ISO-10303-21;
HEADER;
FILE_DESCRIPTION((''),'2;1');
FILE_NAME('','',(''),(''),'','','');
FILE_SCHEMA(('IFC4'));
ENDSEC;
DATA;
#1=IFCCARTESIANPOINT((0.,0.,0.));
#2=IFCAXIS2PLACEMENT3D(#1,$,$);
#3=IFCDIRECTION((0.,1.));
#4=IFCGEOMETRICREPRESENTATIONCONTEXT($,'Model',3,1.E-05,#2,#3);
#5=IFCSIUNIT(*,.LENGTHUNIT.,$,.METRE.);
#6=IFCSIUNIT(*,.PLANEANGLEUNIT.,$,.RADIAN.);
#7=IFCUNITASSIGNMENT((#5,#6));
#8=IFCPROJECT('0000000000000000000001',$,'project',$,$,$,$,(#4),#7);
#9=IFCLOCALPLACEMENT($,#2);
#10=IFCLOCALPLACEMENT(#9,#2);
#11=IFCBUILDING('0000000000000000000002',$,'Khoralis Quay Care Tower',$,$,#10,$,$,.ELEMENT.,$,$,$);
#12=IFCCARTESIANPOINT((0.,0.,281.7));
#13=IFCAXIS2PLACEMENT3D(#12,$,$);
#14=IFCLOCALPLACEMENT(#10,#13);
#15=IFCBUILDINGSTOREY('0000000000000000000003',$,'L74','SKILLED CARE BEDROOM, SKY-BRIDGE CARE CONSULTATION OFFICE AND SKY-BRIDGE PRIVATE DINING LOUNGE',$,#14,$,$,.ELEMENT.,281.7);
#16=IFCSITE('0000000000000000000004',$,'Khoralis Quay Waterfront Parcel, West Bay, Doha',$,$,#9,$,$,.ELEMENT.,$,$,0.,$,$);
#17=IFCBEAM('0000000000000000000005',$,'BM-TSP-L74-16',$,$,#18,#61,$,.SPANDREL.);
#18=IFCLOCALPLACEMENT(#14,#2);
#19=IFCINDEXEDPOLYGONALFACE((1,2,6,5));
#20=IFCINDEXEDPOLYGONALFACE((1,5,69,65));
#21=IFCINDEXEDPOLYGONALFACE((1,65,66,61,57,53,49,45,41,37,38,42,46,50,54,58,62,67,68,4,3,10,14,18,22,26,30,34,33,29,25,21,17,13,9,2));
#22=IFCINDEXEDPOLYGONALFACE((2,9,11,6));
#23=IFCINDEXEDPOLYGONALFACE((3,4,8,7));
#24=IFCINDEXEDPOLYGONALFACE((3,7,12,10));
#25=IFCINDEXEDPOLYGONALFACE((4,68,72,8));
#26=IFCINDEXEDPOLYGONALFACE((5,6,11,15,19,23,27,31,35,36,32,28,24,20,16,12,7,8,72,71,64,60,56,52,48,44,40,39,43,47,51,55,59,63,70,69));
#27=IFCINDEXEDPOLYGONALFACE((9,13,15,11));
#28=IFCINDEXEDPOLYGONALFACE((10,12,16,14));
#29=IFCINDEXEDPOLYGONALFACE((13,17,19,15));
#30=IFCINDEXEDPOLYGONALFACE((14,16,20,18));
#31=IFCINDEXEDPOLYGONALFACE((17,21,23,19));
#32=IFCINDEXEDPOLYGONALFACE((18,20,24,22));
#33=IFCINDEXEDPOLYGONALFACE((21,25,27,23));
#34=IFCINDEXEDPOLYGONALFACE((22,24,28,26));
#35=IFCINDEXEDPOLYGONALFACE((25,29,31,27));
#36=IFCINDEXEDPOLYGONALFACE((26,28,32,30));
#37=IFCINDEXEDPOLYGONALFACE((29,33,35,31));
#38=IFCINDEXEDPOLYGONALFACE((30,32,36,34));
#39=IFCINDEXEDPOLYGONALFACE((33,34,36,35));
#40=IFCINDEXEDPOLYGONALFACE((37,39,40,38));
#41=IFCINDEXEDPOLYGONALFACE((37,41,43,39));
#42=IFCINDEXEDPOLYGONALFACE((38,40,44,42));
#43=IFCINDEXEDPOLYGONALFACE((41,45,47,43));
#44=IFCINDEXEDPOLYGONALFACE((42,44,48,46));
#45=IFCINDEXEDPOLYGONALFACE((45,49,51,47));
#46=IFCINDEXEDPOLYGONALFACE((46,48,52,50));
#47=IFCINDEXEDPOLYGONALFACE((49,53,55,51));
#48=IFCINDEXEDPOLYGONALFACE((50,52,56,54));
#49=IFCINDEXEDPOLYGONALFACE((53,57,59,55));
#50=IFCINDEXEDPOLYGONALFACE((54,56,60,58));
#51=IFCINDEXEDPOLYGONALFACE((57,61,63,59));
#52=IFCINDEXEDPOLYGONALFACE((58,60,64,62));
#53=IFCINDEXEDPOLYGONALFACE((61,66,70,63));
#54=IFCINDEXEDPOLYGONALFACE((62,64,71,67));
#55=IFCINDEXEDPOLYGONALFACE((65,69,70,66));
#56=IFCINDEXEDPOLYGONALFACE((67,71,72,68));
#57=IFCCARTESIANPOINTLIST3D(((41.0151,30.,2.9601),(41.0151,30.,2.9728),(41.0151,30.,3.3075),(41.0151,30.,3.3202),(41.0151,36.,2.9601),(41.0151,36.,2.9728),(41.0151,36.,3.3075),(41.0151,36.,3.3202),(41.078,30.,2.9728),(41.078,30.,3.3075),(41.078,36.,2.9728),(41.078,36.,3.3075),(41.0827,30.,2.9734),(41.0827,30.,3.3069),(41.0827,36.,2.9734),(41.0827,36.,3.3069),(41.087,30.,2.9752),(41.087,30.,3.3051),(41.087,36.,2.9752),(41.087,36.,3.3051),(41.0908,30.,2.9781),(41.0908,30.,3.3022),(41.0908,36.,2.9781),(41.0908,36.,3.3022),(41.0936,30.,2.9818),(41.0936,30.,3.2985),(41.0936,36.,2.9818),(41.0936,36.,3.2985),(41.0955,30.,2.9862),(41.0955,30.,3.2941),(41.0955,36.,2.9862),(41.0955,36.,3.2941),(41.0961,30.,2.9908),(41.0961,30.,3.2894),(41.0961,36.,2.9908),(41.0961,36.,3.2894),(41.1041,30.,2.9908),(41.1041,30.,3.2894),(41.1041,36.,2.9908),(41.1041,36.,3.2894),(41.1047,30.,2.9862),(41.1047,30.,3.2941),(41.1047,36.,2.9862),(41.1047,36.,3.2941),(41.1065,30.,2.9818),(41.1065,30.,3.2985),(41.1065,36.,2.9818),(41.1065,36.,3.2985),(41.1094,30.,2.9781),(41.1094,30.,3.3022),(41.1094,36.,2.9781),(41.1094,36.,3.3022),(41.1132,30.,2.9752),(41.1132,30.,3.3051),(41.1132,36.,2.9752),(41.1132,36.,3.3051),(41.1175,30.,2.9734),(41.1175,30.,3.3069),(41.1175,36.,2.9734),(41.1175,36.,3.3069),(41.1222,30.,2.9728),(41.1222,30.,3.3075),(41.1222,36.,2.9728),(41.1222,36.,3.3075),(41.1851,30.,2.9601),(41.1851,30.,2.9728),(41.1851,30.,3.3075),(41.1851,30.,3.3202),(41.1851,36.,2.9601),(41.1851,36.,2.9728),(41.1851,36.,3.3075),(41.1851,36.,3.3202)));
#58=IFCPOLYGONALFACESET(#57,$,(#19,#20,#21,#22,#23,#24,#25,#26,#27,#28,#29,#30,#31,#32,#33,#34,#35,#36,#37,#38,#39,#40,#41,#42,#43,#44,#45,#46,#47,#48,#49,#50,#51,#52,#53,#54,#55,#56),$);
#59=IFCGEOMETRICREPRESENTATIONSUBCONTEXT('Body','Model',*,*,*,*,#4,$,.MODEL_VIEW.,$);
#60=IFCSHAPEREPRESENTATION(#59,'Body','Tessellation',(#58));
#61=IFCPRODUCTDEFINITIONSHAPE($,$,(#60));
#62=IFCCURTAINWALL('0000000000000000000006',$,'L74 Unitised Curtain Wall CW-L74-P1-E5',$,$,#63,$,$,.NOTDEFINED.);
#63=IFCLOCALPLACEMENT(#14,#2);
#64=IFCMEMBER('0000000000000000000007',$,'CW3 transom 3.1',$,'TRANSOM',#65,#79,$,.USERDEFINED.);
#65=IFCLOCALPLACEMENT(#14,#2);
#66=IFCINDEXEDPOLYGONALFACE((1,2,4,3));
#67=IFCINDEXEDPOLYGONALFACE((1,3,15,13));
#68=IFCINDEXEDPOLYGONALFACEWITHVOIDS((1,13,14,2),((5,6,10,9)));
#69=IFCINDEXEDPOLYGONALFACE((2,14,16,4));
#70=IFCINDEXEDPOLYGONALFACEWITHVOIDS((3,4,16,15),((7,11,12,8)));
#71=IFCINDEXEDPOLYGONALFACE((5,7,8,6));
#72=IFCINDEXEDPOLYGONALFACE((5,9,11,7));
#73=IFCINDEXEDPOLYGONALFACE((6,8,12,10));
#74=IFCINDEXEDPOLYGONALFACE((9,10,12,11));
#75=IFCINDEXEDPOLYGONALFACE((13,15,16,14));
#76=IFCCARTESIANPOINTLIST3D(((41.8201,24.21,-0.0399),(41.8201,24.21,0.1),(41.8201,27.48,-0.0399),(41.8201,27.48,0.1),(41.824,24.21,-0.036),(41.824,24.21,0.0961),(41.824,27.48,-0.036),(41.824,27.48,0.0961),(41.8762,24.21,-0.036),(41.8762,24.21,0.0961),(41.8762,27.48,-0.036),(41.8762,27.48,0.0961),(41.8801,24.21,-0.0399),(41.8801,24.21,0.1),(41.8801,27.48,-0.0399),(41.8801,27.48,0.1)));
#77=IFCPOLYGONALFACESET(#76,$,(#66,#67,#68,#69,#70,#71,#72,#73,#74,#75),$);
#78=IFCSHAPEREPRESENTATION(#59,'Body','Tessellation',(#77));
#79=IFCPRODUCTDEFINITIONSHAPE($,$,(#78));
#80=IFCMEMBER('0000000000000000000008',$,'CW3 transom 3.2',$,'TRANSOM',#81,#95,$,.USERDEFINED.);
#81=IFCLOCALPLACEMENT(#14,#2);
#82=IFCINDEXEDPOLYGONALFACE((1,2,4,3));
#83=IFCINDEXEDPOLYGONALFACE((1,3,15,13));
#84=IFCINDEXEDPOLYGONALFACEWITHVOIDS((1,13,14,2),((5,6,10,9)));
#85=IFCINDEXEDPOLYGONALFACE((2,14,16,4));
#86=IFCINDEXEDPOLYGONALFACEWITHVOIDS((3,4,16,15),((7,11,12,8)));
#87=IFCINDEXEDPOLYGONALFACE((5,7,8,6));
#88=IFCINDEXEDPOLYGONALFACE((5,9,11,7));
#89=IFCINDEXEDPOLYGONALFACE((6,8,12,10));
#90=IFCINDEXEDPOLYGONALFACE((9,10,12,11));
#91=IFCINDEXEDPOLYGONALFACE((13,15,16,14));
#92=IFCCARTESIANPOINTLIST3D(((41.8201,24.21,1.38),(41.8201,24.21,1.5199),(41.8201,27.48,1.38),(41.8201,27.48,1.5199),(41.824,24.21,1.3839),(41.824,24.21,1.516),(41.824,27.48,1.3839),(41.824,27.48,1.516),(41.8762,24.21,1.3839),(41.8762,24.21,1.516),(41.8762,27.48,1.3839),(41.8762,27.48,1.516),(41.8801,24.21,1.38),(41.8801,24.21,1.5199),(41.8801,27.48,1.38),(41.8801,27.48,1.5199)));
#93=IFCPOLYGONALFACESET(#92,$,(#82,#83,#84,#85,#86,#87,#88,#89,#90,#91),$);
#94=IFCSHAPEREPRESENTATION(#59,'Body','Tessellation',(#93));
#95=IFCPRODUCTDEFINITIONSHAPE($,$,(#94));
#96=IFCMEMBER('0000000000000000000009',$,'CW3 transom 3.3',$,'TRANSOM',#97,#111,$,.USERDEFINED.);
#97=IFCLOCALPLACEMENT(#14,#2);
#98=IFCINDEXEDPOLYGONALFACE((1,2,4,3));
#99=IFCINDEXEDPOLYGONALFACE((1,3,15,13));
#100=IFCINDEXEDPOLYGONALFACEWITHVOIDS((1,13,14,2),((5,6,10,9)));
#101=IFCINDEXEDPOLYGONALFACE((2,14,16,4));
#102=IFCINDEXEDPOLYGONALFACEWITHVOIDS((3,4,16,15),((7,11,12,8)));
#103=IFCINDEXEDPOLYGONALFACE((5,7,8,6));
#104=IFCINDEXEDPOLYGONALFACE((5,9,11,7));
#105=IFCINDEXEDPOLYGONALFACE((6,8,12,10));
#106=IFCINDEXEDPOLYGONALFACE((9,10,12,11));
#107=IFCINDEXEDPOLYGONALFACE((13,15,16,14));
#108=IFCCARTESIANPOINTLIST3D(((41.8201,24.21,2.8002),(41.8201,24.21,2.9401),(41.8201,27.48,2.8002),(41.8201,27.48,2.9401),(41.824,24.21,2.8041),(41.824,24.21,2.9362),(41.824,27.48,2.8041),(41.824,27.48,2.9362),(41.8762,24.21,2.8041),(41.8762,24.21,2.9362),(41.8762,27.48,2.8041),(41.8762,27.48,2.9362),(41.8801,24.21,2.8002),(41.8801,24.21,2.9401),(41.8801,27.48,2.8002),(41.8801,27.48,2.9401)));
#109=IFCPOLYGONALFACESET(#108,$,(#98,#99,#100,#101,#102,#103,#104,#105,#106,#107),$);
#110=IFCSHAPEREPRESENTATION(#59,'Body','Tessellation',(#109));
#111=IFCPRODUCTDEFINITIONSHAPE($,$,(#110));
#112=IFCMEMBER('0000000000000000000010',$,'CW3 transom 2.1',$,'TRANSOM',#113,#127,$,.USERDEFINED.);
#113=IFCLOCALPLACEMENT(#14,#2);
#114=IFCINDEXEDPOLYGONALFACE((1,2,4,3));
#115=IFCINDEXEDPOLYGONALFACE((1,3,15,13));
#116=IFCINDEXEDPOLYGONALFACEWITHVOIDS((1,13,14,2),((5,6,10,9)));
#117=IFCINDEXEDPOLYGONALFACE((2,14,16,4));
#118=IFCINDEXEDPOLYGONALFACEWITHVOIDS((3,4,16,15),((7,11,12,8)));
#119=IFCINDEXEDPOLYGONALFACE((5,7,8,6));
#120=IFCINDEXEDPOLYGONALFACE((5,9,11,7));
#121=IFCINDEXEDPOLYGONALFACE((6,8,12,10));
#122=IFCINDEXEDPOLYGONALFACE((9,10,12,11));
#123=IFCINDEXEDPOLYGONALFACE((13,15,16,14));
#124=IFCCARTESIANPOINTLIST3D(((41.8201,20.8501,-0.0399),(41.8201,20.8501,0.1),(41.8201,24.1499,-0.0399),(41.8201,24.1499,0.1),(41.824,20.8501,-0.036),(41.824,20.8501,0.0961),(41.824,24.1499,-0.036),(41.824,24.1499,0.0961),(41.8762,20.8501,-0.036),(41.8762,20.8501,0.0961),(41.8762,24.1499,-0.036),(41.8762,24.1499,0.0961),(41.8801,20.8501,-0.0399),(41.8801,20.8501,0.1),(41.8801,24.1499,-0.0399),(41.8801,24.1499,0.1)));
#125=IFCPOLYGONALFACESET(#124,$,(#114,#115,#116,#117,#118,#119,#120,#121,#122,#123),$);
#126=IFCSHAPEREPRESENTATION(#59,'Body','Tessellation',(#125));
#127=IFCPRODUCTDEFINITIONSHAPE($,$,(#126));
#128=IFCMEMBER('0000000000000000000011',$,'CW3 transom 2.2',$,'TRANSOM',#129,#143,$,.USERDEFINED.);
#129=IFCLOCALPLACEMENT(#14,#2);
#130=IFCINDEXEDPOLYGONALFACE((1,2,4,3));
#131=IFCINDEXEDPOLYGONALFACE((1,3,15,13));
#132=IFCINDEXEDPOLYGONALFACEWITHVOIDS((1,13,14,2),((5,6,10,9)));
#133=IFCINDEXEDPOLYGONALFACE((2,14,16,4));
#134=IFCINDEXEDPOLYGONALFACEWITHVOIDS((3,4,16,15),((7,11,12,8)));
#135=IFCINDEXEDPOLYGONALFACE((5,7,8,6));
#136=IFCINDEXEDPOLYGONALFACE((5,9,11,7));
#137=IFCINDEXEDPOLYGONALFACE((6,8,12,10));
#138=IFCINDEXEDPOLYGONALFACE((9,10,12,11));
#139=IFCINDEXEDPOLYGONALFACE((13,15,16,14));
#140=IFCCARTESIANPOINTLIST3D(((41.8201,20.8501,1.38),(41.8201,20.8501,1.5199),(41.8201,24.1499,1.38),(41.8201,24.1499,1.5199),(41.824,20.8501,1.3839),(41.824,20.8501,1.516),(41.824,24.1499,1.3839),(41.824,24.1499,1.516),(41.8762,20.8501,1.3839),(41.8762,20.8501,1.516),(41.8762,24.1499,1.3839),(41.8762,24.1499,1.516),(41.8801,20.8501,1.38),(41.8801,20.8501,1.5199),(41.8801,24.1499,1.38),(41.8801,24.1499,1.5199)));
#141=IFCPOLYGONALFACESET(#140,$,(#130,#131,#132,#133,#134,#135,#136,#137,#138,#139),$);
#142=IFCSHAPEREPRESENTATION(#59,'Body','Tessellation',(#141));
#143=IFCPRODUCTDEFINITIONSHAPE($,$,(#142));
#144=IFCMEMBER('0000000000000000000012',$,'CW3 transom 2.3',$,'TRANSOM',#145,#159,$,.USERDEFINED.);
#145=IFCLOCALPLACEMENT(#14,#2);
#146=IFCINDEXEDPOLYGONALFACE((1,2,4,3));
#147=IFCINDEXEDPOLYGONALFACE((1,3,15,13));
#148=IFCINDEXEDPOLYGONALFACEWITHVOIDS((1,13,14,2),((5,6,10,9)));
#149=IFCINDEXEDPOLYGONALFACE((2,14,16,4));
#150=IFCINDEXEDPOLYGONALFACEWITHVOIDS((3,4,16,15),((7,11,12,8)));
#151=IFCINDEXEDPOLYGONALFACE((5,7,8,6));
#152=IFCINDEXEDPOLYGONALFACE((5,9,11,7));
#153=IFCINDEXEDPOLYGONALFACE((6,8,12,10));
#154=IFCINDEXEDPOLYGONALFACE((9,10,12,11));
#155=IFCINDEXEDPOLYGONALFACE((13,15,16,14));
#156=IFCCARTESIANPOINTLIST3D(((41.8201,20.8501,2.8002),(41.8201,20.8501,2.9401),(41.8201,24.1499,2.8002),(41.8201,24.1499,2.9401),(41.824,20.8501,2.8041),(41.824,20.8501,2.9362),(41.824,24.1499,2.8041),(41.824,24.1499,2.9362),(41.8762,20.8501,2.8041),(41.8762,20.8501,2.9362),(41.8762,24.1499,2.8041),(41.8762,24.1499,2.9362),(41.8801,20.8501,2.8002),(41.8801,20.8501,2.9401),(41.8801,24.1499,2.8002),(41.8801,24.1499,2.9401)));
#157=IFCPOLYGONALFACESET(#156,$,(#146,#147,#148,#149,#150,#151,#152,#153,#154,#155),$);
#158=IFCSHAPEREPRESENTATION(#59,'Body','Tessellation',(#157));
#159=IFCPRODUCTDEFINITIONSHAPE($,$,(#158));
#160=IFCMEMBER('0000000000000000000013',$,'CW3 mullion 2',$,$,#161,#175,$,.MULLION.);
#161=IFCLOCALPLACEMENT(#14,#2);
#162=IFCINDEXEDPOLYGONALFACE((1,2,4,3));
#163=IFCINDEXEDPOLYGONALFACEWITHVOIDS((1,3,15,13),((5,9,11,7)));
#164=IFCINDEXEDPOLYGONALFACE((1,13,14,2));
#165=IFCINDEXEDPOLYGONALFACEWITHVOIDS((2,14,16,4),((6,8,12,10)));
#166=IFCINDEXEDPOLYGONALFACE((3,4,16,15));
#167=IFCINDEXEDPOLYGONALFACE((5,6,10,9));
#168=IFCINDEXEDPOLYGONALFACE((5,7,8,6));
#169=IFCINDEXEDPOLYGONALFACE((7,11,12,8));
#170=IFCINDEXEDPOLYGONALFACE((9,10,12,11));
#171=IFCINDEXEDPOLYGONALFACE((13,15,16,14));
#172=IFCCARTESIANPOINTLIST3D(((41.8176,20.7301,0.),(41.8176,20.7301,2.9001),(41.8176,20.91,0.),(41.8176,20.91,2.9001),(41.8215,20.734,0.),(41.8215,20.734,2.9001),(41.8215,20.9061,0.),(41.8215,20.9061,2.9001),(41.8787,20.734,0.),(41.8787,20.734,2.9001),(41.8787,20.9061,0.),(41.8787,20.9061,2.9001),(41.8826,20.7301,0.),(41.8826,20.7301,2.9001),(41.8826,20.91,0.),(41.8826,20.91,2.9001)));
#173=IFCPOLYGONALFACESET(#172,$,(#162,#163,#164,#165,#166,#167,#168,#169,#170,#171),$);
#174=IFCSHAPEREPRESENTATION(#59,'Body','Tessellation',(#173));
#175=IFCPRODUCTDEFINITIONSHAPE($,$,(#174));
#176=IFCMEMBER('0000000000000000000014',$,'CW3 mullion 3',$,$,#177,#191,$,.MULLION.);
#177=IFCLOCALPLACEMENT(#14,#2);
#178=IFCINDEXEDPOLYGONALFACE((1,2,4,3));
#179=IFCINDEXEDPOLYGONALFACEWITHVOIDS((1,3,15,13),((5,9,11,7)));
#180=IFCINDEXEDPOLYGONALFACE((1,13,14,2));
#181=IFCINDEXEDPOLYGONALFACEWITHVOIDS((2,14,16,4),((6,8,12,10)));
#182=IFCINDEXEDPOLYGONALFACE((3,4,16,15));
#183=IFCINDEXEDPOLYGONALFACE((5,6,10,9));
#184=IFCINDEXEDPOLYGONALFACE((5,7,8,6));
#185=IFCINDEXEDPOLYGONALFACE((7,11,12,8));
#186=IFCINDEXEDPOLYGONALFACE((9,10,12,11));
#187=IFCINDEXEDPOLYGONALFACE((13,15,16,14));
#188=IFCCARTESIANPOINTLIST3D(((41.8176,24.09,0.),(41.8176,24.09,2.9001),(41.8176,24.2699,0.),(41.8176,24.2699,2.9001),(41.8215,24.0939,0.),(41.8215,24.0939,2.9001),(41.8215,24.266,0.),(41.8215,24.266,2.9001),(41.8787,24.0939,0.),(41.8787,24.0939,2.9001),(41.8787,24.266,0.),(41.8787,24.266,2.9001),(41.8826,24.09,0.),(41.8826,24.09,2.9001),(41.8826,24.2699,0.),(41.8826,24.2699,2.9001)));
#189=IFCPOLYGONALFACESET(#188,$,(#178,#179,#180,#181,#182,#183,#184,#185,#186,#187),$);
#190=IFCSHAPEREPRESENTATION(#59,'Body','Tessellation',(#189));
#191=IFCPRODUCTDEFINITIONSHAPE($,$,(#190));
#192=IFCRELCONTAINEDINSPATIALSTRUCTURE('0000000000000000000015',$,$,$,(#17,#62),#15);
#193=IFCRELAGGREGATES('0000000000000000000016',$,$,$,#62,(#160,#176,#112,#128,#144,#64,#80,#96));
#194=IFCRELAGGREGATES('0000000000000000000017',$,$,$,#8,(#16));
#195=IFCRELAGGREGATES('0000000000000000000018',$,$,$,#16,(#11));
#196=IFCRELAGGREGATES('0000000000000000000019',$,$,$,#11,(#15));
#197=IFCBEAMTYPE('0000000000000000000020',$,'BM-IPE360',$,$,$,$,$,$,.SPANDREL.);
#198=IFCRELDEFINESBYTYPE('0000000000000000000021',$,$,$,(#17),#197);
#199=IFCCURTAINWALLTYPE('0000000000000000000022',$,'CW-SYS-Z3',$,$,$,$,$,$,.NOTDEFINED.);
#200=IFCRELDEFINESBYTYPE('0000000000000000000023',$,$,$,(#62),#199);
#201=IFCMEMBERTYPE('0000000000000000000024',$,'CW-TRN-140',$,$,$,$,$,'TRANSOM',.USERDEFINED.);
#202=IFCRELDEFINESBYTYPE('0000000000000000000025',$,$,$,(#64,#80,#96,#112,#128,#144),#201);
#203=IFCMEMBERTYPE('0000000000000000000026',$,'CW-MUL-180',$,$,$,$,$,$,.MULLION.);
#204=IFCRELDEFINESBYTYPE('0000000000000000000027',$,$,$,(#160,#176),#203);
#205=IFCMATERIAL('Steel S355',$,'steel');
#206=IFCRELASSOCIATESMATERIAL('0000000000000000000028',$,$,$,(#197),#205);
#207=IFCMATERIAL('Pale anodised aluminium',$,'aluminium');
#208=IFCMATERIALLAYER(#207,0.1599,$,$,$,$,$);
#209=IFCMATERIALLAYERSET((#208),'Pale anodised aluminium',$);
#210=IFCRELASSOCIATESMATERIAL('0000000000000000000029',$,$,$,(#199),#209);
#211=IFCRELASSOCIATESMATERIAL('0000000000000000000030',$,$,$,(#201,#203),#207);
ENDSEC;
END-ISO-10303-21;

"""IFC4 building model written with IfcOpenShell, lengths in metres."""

from ifc_helpers import new_model, si_unit, direction, frame, origin, origin_2d, place, context, subcontext, project, spatial, hollow_rectangle, i_section, extrude, source, transform, mapped, material, layer, layer_set, material_profile, profile_set, type_object, element, aggregate, save


model = new_model("IFC4")

# Units and contexts
model_context = context("Model", 3, precision=1e-05, world=origin(), true_north=direction((0.0, 1.0)))
body_context = subcontext(model_context, "Body", "Model", "MODEL_VIEW")
ifc_project = project(units=[si_unit("LENGTHUNIT", "METRE"), si_unit("PLANEANGLEUNIT", "RADIAN")], contexts=[model_context])

# Site, building, storey
site_placement = place(None, origin())
site = spatial("IfcSite", under=ifc_project, at=site_placement, Name="Khoralis Quay Waterfront Parcel, West Bay, Doha", CompositionType="ELEMENT", RefElevation=0.0)
building_placement = place(site_placement, origin())
building = spatial("IfcBuilding", under=site, at=building_placement, Name="Khoralis Quay Care Tower", CompositionType="ELEMENT")
storey_placement = place(building_placement, frame((0.0, 0.0, 281.7)))
storey = spatial("IfcBuildingStorey", under=building, at=storey_placement, Name="L74", Description="SKILLED CARE BEDROOM, SKY-BRIDGE CARE CONSULTATION OFFICE AND SKY-BRIDGE PRIVATE DINING LOUNGE", CompositionType="ELEMENT", Elevation=281.7)

# Beam
ifc_material_1 = material(Name="Steel S355", Category="steel")
ifc_material_profile_1 = material_profile(ifc_material_1, i_section(OverallWidth=0.1699, OverallDepth=0.3601, WebThickness=0.0081, FlangeThickness=0.0127, FilletRadius=0.0181, at=origin_2d()), Name="Steel S355")
ifc_profile_set_1 = profile_set([ifc_material_profile_1], Name="Steel S355")
beam_type = type_object("IfcBeamType", Name="BM-IPE360", PredefinedType="SPANDREL", material=ifc_profile_set_1)
shared_shape_1 = source(origin(), body_context, "Body", "SweptSolid", [
    extrude(i_section(OverallWidth=0.1699, OverallDepth=0.3601, WebThickness=0.0081, FlangeThickness=0.0127, FilletRadius=0.0181, at=origin_2d()), origin(), (0.0, 0.0, 1.0), 6.0),
])
beam_placement = place(storey_placement, frame((41.1001, 30.0, 3.1401), z_axis=(0.0, 1.0, 0.0), x_axis=(-1.0, 0.0, 0.0)))
element("IfcBeam", 1, at=beam_placement, inside=storey, type_object=beam_type, Name="BM-TSP-L74-16", PredefinedType="SPANDREL", context=body_context, shape_type="MappedRepresentation", body=[
    mapped(shared_shape_1, transform((0.0, 0.0, 0.0), scale=1.0)),
])

# Curtain wall, members
ifc_material_2 = material(Name="Pale anodised aluminium", Category="aluminium")
ifc_layer_1 = layer(ifc_material_2, 0.1599)
ifc_layer_set_1 = layer_set([ifc_layer_1], Name="Pale anodised aluminium")
curtain_wall_type = type_object("IfcCurtainWallType", Name="CW-SYS-Z3", PredefinedType="NOTDEFINED", material=ifc_layer_set_1)
curtain_wall_placement = place(storey_placement, origin())
curtain_wall = element("IfcCurtainWall", 2, at=curtain_wall_placement, inside=storey, type_object=curtain_wall_type, Name="L74 Unitised Curtain Wall CW-L74-P1-E5", PredefinedType="NOTDEFINED")
ifc_material_profile_2 = material_profile(ifc_material_2, hollow_rectangle(XDim=0.0601, YDim=0.1399, WallThickness=0.0039, at=origin_2d()), Name="Pale anodised aluminium")
ifc_profile_set_2 = profile_set([ifc_material_profile_2], Name="Pale anodised aluminium")
member_type_1 = type_object("IfcMemberType", Name="CW-TRN-140", ElementType="TRANSOM", PredefinedType="USERDEFINED", material=ifc_profile_set_2)
shared_shape_2 = source(origin(), body_context, "Body", "SweptSolid", [
    extrude(hollow_rectangle(XDim=0.0601, YDim=0.1399, WallThickness=0.0039, at=origin_2d()), origin(), (0.0, 0.0, 1.0), 3.27),
])
member_1_placement = place(storey_placement, frame((41.8501, 24.21, 0.03), z_axis=(0.0, 1.0, 0.0), x_axis=(-1.0, 0.0, 0.0)))
member_1 = element("IfcMember", 3, at=member_1_placement, type_object=member_type_1, Name="CW3 transom 3.1", ObjectType="TRANSOM", PredefinedType="USERDEFINED", context=body_context, shape_type="MappedRepresentation", body=[
    mapped(shared_shape_2, transform((0.0, 0.0, 0.0), scale=1.0)),
])
member_2_placement = place(storey_placement, frame((41.8501, 24.21, 1.45), z_axis=(0.0, 1.0, 0.0), x_axis=(-1.0, 0.0, 0.0)))
member_2 = element("IfcMember", 4, at=member_2_placement, type_object=member_type_1, Name="CW3 transom 3.2", ObjectType="TRANSOM", PredefinedType="USERDEFINED", context=body_context, shape_type="MappedRepresentation", body=[
    mapped(shared_shape_2, transform((0.0, 0.0, 0.0), scale=1.0)),
])
member_3_placement = place(storey_placement, frame((41.8501, 24.21, 2.8701), z_axis=(0.0, 1.0, 0.0), x_axis=(-1.0, 0.0, 0.0)))
member_3 = element("IfcMember", 5, at=member_3_placement, type_object=member_type_1, Name="CW3 transom 3.3", ObjectType="TRANSOM", PredefinedType="USERDEFINED", context=body_context, shape_type="MappedRepresentation", body=[
    mapped(shared_shape_2, transform((0.0, 0.0, 0.0), scale=1.0)),
])
shared_shape_3 = source(origin(), body_context, "Body", "SweptSolid", [
    extrude(hollow_rectangle(XDim=0.0601, YDim=0.1399, WallThickness=0.0039, at=origin_2d()), origin(), (0.0, 0.0, 1.0), 3.2998),
])
member_4_placement = place(storey_placement, frame((41.8501, 20.8501, 0.03), z_axis=(0.0, 1.0, 0.0), x_axis=(-1.0, 0.0, 0.0)))
member_4 = element("IfcMember", 6, at=member_4_placement, type_object=member_type_1, Name="CW3 transom 2.1", ObjectType="TRANSOM", PredefinedType="USERDEFINED", context=body_context, shape_type="MappedRepresentation", body=[
    mapped(shared_shape_3, transform((0.0, 0.0, 0.0), scale=1.0)),
])
member_5_placement = place(storey_placement, frame((41.8501, 20.8501, 1.45), z_axis=(0.0, 1.0, 0.0), x_axis=(-1.0, 0.0, 0.0)))
member_5 = element("IfcMember", 7, at=member_5_placement, type_object=member_type_1, Name="CW3 transom 2.2", ObjectType="TRANSOM", PredefinedType="USERDEFINED", context=body_context, shape_type="MappedRepresentation", body=[
    mapped(shared_shape_3, transform((0.0, 0.0, 0.0), scale=1.0)),
])
member_6_placement = place(storey_placement, frame((41.8501, 20.8501, 2.8701), z_axis=(0.0, 1.0, 0.0), x_axis=(-1.0, 0.0, 0.0)))
member_6 = element("IfcMember", 8, at=member_6_placement, type_object=member_type_1, Name="CW3 transom 2.3", ObjectType="TRANSOM", PredefinedType="USERDEFINED", context=body_context, shape_type="MappedRepresentation", body=[
    mapped(shared_shape_3, transform((0.0, 0.0, 0.0), scale=1.0)),
])
ifc_material_profile_3 = material_profile(ifc_material_2, hollow_rectangle(XDim=0.0649, YDim=0.1799, WallThickness=0.0039, at=origin_2d()), Name="Pale anodised aluminium")
ifc_profile_set_3 = profile_set([ifc_material_profile_3], Name="Pale anodised aluminium")
member_type_2 = type_object("IfcMemberType", Name="CW-MUL-180", PredefinedType="MULLION", material=ifc_profile_set_3)
shared_shape_4 = source(origin(), body_context, "Body", "SweptSolid", [
    extrude(hollow_rectangle(XDim=0.0649, YDim=0.1799, WallThickness=0.0039, at=origin_2d()), origin(), (0.0, 0.0, 1.0), 2.9001),
])
member_7_placement = place(storey_placement, frame((41.8501, 20.8201, 0.0), z_axis=(0.0, 0.0, 1.0), x_axis=(-1.0, 0.0, 0.0)))
member_7 = element("IfcMember", 9, at=member_7_placement, type_object=member_type_2, Name="CW3 mullion 2", PredefinedType="MULLION", context=body_context, shape_type="MappedRepresentation", body=[
    mapped(shared_shape_4, transform((0.0, 0.0, 0.0), scale=1.0)),
])
member_8_placement = place(storey_placement, frame((41.8501, 24.1799, 0.0), z_axis=(0.0, 0.0, 1.0), x_axis=(-1.0, 0.0, 0.0)))
member_8 = element("IfcMember", 10, at=member_8_placement, type_object=member_type_2, Name="CW3 mullion 3", PredefinedType="MULLION", context=body_context, shape_type="MappedRepresentation", body=[
    mapped(shared_shape_4, transform((0.0, 0.0, 0.0), scale=1.0)),
])
aggregate(curtain_wall, [member_7, member_8, member_4, member_5, member_6, member_1, member_2, member_3])

save(model, "model.ifc")
